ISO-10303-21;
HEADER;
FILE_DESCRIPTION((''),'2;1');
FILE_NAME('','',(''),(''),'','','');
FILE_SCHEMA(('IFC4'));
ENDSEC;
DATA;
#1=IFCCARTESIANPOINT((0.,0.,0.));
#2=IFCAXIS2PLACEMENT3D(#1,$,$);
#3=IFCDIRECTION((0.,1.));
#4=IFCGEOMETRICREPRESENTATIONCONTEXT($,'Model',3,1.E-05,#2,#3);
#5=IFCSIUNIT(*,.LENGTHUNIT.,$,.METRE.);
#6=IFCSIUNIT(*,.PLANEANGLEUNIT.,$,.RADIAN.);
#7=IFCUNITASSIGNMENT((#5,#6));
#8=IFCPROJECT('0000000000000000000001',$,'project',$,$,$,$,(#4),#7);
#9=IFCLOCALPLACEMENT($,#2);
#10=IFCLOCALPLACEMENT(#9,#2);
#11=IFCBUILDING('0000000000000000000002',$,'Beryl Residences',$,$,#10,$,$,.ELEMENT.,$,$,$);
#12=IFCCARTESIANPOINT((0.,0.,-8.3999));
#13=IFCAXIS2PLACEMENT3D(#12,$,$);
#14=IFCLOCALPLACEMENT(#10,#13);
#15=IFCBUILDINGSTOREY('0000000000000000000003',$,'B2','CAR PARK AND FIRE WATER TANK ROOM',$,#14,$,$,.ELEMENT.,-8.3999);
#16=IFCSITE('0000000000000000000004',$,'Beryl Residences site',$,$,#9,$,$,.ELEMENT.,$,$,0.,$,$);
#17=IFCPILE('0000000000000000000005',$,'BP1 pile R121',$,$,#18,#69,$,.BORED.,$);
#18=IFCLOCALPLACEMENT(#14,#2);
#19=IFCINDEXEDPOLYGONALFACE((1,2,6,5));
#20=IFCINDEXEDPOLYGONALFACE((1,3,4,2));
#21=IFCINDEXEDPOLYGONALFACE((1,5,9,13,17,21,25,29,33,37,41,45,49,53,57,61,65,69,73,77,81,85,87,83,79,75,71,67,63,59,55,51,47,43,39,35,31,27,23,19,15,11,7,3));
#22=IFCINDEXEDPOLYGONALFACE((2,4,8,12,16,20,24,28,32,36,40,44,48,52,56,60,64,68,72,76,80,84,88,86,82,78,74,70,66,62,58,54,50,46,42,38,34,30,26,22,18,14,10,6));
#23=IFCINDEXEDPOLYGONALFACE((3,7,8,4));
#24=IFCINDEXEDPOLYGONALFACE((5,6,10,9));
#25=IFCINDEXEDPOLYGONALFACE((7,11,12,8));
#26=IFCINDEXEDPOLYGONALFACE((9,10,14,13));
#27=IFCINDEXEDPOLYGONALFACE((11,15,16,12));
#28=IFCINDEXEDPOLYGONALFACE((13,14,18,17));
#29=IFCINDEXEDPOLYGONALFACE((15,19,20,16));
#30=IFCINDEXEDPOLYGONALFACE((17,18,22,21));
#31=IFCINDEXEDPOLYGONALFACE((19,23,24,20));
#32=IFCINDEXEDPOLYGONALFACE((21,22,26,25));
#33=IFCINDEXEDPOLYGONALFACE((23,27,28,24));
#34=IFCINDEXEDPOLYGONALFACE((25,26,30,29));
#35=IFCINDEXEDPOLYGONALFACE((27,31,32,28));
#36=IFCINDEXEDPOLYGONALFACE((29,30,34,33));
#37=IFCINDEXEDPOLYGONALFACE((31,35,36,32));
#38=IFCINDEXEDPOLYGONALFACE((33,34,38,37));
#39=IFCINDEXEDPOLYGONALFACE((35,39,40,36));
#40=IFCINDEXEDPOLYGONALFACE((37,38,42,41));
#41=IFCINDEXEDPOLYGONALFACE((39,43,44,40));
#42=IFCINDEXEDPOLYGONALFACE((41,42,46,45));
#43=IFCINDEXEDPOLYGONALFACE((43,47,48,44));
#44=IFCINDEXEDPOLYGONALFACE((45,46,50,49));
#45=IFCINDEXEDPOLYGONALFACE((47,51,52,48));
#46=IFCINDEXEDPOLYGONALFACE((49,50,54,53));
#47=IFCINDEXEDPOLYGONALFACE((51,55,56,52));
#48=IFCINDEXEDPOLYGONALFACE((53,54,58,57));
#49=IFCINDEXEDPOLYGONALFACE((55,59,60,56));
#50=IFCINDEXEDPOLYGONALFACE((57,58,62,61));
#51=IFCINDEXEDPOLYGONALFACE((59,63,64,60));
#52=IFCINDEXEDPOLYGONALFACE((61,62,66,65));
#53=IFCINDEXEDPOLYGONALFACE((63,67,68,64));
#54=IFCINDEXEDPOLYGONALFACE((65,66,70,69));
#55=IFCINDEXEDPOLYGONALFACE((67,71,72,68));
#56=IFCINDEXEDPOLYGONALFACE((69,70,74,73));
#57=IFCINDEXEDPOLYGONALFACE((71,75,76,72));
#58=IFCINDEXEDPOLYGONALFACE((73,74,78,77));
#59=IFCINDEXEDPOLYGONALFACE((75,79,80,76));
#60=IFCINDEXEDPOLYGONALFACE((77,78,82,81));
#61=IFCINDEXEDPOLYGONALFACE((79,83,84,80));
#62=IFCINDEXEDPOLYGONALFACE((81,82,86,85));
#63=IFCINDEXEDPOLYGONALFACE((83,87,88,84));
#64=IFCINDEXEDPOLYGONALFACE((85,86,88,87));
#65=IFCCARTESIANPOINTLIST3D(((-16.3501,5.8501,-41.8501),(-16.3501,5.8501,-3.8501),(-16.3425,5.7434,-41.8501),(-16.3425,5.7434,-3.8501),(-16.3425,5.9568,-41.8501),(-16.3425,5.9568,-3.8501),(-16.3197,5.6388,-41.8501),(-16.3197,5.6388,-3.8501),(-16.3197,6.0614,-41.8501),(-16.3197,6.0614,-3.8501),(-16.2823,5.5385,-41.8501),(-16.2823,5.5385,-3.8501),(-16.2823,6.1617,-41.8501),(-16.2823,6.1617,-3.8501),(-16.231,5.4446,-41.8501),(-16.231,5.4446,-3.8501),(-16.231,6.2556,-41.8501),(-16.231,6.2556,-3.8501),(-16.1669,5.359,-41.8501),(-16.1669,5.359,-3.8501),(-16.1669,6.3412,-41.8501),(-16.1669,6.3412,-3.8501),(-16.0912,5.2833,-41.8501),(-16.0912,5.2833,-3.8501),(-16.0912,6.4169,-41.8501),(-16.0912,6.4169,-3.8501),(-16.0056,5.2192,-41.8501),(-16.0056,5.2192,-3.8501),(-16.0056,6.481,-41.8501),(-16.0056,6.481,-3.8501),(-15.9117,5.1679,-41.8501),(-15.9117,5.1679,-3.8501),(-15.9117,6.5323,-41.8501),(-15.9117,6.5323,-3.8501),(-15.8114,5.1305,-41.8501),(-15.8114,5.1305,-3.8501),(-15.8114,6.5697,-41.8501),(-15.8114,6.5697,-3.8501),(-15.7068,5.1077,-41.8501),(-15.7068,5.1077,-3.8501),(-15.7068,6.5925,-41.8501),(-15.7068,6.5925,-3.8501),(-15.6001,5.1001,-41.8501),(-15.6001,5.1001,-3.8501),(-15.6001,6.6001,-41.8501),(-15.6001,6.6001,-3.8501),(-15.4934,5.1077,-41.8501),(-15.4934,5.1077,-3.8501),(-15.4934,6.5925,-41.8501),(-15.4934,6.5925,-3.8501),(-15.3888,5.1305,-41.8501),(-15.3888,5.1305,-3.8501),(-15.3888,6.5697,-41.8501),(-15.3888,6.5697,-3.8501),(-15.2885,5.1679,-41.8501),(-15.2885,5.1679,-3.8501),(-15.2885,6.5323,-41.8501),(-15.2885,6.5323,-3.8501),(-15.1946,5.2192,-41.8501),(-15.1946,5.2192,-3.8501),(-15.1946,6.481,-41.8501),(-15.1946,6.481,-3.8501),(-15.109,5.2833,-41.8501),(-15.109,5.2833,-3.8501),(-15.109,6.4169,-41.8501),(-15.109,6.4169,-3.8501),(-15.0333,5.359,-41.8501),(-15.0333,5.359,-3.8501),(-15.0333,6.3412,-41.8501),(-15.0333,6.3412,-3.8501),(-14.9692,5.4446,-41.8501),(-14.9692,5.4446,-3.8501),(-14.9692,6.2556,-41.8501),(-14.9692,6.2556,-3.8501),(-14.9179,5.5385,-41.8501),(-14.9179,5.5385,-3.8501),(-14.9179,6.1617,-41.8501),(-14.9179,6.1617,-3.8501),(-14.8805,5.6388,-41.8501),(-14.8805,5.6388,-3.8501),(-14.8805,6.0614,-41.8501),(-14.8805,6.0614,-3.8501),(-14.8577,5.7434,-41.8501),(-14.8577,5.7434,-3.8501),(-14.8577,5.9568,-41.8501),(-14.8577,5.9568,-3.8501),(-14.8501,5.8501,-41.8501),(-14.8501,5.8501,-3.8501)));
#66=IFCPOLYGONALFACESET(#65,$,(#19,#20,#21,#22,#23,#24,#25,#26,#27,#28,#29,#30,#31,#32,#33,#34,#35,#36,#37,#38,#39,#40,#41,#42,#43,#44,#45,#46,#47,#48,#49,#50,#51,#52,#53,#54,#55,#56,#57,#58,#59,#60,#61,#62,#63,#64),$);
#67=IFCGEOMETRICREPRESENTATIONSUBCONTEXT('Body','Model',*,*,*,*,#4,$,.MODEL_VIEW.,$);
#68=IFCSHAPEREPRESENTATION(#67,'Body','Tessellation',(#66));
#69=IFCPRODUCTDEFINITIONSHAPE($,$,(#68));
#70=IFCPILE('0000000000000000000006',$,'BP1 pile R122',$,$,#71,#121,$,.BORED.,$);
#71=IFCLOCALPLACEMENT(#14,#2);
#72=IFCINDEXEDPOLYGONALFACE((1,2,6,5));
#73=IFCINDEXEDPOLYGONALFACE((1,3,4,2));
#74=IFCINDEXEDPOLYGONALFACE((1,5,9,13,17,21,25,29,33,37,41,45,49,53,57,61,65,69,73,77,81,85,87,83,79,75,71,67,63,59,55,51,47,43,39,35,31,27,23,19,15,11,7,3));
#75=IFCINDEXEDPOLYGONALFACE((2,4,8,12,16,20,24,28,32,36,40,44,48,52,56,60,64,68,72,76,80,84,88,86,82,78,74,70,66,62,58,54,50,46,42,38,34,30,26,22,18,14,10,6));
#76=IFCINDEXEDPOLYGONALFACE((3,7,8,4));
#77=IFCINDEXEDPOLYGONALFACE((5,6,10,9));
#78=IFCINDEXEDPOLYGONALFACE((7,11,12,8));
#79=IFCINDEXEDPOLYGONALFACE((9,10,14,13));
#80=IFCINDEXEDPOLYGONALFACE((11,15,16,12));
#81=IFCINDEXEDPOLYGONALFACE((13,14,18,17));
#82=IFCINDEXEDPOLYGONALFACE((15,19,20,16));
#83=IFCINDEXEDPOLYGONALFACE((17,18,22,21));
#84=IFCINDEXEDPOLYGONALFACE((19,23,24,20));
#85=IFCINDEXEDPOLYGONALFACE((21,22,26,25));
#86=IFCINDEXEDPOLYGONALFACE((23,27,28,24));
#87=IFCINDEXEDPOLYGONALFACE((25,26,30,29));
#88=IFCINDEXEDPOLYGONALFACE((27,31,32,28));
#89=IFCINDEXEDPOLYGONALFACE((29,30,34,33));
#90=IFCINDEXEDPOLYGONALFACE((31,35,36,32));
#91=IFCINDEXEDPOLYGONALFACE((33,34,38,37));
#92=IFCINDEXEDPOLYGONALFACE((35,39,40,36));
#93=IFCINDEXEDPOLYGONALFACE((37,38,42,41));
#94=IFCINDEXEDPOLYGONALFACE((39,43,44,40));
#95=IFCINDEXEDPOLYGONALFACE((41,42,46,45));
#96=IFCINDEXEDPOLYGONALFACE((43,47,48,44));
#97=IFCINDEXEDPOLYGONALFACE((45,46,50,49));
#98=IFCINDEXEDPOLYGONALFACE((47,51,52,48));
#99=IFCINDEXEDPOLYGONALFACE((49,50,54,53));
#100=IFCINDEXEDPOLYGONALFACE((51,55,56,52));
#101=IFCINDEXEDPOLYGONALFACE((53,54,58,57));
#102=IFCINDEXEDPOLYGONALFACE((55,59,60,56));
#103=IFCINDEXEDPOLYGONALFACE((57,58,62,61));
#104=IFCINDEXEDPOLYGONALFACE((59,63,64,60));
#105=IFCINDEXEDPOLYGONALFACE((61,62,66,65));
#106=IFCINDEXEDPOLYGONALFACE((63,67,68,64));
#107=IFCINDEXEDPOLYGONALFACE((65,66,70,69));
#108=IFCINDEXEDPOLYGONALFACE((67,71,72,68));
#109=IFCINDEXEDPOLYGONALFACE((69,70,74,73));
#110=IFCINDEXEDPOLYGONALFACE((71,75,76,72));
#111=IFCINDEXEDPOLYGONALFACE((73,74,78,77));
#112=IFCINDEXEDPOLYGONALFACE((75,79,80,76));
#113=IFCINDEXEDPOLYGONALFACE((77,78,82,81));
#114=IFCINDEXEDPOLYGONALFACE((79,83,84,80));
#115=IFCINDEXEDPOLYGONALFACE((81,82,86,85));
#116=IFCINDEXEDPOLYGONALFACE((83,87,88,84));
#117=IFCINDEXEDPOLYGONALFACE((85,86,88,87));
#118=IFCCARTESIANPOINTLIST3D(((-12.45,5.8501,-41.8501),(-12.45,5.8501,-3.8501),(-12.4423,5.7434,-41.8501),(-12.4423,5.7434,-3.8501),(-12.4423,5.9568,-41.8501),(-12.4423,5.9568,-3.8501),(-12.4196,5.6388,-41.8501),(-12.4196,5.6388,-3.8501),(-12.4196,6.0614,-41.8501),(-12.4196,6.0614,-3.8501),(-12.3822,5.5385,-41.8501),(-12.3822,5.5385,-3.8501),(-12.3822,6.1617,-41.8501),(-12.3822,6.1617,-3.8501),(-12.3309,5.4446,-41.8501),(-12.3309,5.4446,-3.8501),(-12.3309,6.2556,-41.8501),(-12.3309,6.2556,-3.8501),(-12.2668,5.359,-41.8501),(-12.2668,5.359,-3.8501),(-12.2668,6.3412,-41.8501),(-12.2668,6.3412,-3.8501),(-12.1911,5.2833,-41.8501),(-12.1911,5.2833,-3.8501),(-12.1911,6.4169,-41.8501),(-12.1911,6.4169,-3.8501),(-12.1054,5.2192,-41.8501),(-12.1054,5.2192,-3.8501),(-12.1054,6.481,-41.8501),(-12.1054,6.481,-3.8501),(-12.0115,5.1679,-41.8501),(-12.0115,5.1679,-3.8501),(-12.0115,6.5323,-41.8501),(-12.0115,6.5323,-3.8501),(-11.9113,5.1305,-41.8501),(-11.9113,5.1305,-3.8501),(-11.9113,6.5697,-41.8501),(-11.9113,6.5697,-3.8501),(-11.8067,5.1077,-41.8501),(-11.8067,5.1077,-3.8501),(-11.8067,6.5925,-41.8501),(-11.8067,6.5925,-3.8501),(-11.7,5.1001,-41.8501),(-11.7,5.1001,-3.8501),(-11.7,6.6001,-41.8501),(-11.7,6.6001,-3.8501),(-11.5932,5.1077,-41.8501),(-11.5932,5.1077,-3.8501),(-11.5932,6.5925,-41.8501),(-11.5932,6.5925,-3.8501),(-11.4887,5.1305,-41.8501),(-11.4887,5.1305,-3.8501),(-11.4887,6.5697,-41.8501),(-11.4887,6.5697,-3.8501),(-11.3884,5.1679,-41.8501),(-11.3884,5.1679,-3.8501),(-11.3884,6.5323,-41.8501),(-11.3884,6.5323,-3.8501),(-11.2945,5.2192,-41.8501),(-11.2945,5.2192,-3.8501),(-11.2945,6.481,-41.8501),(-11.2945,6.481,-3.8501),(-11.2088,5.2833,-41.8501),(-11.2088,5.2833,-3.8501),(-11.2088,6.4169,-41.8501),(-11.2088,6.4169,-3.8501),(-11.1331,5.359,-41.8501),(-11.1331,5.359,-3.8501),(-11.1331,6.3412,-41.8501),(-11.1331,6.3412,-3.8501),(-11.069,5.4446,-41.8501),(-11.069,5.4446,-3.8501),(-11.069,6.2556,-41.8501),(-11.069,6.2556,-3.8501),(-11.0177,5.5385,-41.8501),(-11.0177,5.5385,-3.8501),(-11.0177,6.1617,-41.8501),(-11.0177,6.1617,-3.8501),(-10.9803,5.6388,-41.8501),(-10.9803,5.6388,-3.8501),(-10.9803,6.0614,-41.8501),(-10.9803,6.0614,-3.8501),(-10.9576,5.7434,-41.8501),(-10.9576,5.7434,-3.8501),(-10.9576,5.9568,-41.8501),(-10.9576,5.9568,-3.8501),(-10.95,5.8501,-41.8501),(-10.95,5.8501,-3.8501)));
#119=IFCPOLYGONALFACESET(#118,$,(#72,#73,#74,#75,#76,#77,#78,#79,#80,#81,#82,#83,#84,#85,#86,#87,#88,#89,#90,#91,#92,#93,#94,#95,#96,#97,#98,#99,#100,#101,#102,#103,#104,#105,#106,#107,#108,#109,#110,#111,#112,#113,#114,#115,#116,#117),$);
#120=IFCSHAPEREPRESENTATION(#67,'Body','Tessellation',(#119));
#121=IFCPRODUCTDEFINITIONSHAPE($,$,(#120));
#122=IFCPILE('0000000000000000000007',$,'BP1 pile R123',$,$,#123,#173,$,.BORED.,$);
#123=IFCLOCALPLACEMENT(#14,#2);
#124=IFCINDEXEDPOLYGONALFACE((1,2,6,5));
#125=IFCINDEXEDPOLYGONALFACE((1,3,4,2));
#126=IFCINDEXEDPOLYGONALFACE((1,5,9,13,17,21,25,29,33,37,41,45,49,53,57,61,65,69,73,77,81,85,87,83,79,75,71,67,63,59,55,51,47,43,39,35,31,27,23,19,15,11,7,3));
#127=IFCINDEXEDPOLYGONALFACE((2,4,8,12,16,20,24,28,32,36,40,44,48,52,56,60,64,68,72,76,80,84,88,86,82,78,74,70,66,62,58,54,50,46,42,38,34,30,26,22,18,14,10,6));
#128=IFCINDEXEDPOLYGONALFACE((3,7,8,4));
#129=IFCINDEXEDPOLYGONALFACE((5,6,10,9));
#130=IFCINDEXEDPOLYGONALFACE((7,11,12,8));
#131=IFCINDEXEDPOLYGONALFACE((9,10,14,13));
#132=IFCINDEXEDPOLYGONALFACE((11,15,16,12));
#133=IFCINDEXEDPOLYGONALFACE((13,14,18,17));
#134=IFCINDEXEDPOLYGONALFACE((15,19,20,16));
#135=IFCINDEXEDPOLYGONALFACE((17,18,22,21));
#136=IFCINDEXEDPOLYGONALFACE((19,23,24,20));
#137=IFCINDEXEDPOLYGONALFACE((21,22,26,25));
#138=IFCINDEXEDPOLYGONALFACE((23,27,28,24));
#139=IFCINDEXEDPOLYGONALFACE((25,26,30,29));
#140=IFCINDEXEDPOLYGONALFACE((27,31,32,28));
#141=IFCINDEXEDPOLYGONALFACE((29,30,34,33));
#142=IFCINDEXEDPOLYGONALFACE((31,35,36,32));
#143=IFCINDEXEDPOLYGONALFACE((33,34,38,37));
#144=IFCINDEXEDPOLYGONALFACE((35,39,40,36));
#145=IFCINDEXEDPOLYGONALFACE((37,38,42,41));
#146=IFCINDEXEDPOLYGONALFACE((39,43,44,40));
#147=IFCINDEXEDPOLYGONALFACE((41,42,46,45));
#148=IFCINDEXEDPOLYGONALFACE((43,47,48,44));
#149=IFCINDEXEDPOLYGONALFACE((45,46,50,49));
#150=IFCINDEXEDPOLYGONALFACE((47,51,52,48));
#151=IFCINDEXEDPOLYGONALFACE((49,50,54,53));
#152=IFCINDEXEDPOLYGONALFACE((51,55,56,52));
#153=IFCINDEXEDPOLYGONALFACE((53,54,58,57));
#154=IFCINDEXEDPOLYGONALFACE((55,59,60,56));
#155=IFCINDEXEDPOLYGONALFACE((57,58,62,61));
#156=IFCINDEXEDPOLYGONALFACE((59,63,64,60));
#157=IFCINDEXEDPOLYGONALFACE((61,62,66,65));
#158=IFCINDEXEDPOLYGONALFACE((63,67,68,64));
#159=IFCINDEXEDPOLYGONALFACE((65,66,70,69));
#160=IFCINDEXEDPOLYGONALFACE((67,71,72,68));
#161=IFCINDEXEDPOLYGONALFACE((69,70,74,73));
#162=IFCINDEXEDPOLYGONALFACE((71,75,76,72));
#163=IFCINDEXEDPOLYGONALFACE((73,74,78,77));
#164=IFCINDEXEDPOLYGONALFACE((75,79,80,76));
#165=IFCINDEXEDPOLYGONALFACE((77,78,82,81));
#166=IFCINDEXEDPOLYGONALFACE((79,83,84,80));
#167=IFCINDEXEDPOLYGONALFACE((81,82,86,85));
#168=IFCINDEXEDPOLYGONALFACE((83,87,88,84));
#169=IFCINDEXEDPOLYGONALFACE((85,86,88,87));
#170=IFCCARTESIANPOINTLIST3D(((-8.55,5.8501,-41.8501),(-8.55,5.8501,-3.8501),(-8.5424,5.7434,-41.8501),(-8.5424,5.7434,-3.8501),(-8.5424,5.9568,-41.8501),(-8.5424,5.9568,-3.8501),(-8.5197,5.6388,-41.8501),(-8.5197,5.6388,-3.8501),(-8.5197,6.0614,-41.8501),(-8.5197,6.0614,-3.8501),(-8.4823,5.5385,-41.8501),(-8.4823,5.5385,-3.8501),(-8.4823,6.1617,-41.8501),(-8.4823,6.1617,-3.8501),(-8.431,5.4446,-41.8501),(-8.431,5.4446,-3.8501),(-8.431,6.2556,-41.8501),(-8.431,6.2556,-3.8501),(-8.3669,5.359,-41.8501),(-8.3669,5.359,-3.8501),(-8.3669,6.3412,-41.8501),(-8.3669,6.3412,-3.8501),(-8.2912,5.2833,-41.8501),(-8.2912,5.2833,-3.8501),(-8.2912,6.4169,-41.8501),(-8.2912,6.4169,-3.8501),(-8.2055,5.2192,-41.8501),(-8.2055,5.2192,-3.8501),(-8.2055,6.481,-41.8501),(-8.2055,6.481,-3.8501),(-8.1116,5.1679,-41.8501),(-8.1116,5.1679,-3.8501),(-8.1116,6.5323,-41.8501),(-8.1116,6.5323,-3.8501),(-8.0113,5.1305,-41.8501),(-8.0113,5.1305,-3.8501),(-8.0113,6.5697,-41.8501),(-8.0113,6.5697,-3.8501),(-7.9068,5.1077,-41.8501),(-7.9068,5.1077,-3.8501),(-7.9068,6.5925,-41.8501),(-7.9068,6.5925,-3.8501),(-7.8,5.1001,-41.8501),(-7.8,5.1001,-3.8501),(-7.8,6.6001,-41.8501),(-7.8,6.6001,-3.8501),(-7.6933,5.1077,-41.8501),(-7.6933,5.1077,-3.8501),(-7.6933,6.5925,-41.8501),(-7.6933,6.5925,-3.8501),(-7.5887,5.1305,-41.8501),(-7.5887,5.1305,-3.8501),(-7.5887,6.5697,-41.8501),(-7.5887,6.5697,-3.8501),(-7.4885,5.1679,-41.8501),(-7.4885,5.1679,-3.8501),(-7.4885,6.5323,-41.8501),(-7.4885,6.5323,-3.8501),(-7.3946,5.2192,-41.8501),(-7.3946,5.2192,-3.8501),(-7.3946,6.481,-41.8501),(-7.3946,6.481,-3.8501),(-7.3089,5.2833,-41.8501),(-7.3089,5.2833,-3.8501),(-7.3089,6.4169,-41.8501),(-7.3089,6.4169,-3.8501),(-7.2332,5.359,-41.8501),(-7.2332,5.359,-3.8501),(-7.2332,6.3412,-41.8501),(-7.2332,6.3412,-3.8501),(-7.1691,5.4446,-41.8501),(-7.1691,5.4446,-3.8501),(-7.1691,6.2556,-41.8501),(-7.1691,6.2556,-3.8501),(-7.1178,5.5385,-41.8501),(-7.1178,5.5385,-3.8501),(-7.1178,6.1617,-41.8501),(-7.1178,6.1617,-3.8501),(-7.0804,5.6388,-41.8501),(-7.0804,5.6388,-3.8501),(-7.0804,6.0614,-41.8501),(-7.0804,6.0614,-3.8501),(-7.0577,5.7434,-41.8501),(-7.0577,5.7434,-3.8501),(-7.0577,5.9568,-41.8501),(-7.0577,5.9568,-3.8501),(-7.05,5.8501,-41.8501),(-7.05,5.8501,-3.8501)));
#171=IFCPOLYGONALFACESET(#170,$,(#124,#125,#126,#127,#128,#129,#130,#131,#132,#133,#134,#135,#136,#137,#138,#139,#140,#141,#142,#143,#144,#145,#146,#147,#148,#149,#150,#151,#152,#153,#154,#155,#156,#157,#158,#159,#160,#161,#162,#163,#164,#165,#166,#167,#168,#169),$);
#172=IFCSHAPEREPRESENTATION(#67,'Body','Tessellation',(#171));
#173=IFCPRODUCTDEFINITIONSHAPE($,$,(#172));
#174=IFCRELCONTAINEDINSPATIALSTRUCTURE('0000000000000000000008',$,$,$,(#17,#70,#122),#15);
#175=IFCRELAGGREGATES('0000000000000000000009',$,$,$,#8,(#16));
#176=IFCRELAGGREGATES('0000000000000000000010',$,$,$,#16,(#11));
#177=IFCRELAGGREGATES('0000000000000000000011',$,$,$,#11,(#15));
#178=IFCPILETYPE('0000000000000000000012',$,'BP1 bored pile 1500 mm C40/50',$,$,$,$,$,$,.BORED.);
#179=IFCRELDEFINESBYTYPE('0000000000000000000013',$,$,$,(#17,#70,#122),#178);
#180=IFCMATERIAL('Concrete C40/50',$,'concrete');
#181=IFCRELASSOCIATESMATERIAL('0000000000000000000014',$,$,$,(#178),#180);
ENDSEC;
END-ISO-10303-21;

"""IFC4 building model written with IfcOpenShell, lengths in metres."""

from ifc_helpers import new_model, si_unit, direction, frame, origin, origin_2d, place, context, subcontext, project, spatial, circle, extrude, material, material_profile, profile_set, type_object, element, save


model = new_model("IFC4")

# Units and contexts
model_context = context("Model", 3, precision=1e-05, world=origin(), true_north=direction((0.0, 1.0)))
body_context = subcontext(model_context, "Body", "Model", "MODEL_VIEW")
ifc_project = project(units=[si_unit("LENGTHUNIT", "METRE"), si_unit("PLANEANGLEUNIT", "RADIAN")], contexts=[model_context])

# Site, building, storey
site_placement = place(None, origin())
site = spatial("IfcSite", under=ifc_project, at=site_placement, Name="Beryl Residences site", CompositionType="ELEMENT", RefElevation=0.0)
building_placement = place(site_placement, origin())
building = spatial("IfcBuilding", under=site, at=building_placement, Name="Beryl Residences", CompositionType="ELEMENT")
storey_placement = place(building_placement, frame((0.0, 0.0, -8.3999)))
storey = spatial("IfcBuildingStorey", under=building, at=storey_placement, Name="B2", Description="CAR PARK AND FIRE WATER TANK ROOM", CompositionType="ELEMENT", Elevation=-8.3999)

# Piles
ifc_material_1 = material(Name="Concrete C40/50", Category="concrete")
ifc_material_profile_1 = material_profile(ifc_material_1, circle(Radius=0.75, at=origin_2d()))
ifc_profile_set_1 = profile_set([ifc_material_profile_1], Name="Concrete C40/50")
pile_type = type_object("IfcPileType", Name="BP1 bored pile 1500 mm C40/50", PredefinedType="BORED", material=ifc_profile_set_1)
for number, where, z_axis, x_axis, name in (
    (1, (-15.6001, 5.8501, -3.8501), (0.0, 0.0, -1.0), (1.0, 0.0, 0.0), "BP1 pile R121"),
    (2, (-11.7, 5.8501, -3.8501), (0.0, 0.0, -1.0), (1.0, 0.0, 0.0), "BP1 pile R122"),
    (3, (-7.8, 5.8501, -3.8501), (0.0, 0.0, -1.0), (1.0, 0.0, 0.0), "BP1 pile R123"),
):
    element("IfcPile", number, at=place(storey_placement, frame(where, z_axis=z_axis, x_axis=x_axis)), inside=storey, type_object=pile_type, Name=name, PredefinedType="BORED", context=body_context, shape_type="SweptSolid", body=[
        extrude(circle(Radius=0.75, at=origin_2d()), origin(), (0.0, 0.0, 1.0), 38.0),
    ])

save(model, "model.ifc")
